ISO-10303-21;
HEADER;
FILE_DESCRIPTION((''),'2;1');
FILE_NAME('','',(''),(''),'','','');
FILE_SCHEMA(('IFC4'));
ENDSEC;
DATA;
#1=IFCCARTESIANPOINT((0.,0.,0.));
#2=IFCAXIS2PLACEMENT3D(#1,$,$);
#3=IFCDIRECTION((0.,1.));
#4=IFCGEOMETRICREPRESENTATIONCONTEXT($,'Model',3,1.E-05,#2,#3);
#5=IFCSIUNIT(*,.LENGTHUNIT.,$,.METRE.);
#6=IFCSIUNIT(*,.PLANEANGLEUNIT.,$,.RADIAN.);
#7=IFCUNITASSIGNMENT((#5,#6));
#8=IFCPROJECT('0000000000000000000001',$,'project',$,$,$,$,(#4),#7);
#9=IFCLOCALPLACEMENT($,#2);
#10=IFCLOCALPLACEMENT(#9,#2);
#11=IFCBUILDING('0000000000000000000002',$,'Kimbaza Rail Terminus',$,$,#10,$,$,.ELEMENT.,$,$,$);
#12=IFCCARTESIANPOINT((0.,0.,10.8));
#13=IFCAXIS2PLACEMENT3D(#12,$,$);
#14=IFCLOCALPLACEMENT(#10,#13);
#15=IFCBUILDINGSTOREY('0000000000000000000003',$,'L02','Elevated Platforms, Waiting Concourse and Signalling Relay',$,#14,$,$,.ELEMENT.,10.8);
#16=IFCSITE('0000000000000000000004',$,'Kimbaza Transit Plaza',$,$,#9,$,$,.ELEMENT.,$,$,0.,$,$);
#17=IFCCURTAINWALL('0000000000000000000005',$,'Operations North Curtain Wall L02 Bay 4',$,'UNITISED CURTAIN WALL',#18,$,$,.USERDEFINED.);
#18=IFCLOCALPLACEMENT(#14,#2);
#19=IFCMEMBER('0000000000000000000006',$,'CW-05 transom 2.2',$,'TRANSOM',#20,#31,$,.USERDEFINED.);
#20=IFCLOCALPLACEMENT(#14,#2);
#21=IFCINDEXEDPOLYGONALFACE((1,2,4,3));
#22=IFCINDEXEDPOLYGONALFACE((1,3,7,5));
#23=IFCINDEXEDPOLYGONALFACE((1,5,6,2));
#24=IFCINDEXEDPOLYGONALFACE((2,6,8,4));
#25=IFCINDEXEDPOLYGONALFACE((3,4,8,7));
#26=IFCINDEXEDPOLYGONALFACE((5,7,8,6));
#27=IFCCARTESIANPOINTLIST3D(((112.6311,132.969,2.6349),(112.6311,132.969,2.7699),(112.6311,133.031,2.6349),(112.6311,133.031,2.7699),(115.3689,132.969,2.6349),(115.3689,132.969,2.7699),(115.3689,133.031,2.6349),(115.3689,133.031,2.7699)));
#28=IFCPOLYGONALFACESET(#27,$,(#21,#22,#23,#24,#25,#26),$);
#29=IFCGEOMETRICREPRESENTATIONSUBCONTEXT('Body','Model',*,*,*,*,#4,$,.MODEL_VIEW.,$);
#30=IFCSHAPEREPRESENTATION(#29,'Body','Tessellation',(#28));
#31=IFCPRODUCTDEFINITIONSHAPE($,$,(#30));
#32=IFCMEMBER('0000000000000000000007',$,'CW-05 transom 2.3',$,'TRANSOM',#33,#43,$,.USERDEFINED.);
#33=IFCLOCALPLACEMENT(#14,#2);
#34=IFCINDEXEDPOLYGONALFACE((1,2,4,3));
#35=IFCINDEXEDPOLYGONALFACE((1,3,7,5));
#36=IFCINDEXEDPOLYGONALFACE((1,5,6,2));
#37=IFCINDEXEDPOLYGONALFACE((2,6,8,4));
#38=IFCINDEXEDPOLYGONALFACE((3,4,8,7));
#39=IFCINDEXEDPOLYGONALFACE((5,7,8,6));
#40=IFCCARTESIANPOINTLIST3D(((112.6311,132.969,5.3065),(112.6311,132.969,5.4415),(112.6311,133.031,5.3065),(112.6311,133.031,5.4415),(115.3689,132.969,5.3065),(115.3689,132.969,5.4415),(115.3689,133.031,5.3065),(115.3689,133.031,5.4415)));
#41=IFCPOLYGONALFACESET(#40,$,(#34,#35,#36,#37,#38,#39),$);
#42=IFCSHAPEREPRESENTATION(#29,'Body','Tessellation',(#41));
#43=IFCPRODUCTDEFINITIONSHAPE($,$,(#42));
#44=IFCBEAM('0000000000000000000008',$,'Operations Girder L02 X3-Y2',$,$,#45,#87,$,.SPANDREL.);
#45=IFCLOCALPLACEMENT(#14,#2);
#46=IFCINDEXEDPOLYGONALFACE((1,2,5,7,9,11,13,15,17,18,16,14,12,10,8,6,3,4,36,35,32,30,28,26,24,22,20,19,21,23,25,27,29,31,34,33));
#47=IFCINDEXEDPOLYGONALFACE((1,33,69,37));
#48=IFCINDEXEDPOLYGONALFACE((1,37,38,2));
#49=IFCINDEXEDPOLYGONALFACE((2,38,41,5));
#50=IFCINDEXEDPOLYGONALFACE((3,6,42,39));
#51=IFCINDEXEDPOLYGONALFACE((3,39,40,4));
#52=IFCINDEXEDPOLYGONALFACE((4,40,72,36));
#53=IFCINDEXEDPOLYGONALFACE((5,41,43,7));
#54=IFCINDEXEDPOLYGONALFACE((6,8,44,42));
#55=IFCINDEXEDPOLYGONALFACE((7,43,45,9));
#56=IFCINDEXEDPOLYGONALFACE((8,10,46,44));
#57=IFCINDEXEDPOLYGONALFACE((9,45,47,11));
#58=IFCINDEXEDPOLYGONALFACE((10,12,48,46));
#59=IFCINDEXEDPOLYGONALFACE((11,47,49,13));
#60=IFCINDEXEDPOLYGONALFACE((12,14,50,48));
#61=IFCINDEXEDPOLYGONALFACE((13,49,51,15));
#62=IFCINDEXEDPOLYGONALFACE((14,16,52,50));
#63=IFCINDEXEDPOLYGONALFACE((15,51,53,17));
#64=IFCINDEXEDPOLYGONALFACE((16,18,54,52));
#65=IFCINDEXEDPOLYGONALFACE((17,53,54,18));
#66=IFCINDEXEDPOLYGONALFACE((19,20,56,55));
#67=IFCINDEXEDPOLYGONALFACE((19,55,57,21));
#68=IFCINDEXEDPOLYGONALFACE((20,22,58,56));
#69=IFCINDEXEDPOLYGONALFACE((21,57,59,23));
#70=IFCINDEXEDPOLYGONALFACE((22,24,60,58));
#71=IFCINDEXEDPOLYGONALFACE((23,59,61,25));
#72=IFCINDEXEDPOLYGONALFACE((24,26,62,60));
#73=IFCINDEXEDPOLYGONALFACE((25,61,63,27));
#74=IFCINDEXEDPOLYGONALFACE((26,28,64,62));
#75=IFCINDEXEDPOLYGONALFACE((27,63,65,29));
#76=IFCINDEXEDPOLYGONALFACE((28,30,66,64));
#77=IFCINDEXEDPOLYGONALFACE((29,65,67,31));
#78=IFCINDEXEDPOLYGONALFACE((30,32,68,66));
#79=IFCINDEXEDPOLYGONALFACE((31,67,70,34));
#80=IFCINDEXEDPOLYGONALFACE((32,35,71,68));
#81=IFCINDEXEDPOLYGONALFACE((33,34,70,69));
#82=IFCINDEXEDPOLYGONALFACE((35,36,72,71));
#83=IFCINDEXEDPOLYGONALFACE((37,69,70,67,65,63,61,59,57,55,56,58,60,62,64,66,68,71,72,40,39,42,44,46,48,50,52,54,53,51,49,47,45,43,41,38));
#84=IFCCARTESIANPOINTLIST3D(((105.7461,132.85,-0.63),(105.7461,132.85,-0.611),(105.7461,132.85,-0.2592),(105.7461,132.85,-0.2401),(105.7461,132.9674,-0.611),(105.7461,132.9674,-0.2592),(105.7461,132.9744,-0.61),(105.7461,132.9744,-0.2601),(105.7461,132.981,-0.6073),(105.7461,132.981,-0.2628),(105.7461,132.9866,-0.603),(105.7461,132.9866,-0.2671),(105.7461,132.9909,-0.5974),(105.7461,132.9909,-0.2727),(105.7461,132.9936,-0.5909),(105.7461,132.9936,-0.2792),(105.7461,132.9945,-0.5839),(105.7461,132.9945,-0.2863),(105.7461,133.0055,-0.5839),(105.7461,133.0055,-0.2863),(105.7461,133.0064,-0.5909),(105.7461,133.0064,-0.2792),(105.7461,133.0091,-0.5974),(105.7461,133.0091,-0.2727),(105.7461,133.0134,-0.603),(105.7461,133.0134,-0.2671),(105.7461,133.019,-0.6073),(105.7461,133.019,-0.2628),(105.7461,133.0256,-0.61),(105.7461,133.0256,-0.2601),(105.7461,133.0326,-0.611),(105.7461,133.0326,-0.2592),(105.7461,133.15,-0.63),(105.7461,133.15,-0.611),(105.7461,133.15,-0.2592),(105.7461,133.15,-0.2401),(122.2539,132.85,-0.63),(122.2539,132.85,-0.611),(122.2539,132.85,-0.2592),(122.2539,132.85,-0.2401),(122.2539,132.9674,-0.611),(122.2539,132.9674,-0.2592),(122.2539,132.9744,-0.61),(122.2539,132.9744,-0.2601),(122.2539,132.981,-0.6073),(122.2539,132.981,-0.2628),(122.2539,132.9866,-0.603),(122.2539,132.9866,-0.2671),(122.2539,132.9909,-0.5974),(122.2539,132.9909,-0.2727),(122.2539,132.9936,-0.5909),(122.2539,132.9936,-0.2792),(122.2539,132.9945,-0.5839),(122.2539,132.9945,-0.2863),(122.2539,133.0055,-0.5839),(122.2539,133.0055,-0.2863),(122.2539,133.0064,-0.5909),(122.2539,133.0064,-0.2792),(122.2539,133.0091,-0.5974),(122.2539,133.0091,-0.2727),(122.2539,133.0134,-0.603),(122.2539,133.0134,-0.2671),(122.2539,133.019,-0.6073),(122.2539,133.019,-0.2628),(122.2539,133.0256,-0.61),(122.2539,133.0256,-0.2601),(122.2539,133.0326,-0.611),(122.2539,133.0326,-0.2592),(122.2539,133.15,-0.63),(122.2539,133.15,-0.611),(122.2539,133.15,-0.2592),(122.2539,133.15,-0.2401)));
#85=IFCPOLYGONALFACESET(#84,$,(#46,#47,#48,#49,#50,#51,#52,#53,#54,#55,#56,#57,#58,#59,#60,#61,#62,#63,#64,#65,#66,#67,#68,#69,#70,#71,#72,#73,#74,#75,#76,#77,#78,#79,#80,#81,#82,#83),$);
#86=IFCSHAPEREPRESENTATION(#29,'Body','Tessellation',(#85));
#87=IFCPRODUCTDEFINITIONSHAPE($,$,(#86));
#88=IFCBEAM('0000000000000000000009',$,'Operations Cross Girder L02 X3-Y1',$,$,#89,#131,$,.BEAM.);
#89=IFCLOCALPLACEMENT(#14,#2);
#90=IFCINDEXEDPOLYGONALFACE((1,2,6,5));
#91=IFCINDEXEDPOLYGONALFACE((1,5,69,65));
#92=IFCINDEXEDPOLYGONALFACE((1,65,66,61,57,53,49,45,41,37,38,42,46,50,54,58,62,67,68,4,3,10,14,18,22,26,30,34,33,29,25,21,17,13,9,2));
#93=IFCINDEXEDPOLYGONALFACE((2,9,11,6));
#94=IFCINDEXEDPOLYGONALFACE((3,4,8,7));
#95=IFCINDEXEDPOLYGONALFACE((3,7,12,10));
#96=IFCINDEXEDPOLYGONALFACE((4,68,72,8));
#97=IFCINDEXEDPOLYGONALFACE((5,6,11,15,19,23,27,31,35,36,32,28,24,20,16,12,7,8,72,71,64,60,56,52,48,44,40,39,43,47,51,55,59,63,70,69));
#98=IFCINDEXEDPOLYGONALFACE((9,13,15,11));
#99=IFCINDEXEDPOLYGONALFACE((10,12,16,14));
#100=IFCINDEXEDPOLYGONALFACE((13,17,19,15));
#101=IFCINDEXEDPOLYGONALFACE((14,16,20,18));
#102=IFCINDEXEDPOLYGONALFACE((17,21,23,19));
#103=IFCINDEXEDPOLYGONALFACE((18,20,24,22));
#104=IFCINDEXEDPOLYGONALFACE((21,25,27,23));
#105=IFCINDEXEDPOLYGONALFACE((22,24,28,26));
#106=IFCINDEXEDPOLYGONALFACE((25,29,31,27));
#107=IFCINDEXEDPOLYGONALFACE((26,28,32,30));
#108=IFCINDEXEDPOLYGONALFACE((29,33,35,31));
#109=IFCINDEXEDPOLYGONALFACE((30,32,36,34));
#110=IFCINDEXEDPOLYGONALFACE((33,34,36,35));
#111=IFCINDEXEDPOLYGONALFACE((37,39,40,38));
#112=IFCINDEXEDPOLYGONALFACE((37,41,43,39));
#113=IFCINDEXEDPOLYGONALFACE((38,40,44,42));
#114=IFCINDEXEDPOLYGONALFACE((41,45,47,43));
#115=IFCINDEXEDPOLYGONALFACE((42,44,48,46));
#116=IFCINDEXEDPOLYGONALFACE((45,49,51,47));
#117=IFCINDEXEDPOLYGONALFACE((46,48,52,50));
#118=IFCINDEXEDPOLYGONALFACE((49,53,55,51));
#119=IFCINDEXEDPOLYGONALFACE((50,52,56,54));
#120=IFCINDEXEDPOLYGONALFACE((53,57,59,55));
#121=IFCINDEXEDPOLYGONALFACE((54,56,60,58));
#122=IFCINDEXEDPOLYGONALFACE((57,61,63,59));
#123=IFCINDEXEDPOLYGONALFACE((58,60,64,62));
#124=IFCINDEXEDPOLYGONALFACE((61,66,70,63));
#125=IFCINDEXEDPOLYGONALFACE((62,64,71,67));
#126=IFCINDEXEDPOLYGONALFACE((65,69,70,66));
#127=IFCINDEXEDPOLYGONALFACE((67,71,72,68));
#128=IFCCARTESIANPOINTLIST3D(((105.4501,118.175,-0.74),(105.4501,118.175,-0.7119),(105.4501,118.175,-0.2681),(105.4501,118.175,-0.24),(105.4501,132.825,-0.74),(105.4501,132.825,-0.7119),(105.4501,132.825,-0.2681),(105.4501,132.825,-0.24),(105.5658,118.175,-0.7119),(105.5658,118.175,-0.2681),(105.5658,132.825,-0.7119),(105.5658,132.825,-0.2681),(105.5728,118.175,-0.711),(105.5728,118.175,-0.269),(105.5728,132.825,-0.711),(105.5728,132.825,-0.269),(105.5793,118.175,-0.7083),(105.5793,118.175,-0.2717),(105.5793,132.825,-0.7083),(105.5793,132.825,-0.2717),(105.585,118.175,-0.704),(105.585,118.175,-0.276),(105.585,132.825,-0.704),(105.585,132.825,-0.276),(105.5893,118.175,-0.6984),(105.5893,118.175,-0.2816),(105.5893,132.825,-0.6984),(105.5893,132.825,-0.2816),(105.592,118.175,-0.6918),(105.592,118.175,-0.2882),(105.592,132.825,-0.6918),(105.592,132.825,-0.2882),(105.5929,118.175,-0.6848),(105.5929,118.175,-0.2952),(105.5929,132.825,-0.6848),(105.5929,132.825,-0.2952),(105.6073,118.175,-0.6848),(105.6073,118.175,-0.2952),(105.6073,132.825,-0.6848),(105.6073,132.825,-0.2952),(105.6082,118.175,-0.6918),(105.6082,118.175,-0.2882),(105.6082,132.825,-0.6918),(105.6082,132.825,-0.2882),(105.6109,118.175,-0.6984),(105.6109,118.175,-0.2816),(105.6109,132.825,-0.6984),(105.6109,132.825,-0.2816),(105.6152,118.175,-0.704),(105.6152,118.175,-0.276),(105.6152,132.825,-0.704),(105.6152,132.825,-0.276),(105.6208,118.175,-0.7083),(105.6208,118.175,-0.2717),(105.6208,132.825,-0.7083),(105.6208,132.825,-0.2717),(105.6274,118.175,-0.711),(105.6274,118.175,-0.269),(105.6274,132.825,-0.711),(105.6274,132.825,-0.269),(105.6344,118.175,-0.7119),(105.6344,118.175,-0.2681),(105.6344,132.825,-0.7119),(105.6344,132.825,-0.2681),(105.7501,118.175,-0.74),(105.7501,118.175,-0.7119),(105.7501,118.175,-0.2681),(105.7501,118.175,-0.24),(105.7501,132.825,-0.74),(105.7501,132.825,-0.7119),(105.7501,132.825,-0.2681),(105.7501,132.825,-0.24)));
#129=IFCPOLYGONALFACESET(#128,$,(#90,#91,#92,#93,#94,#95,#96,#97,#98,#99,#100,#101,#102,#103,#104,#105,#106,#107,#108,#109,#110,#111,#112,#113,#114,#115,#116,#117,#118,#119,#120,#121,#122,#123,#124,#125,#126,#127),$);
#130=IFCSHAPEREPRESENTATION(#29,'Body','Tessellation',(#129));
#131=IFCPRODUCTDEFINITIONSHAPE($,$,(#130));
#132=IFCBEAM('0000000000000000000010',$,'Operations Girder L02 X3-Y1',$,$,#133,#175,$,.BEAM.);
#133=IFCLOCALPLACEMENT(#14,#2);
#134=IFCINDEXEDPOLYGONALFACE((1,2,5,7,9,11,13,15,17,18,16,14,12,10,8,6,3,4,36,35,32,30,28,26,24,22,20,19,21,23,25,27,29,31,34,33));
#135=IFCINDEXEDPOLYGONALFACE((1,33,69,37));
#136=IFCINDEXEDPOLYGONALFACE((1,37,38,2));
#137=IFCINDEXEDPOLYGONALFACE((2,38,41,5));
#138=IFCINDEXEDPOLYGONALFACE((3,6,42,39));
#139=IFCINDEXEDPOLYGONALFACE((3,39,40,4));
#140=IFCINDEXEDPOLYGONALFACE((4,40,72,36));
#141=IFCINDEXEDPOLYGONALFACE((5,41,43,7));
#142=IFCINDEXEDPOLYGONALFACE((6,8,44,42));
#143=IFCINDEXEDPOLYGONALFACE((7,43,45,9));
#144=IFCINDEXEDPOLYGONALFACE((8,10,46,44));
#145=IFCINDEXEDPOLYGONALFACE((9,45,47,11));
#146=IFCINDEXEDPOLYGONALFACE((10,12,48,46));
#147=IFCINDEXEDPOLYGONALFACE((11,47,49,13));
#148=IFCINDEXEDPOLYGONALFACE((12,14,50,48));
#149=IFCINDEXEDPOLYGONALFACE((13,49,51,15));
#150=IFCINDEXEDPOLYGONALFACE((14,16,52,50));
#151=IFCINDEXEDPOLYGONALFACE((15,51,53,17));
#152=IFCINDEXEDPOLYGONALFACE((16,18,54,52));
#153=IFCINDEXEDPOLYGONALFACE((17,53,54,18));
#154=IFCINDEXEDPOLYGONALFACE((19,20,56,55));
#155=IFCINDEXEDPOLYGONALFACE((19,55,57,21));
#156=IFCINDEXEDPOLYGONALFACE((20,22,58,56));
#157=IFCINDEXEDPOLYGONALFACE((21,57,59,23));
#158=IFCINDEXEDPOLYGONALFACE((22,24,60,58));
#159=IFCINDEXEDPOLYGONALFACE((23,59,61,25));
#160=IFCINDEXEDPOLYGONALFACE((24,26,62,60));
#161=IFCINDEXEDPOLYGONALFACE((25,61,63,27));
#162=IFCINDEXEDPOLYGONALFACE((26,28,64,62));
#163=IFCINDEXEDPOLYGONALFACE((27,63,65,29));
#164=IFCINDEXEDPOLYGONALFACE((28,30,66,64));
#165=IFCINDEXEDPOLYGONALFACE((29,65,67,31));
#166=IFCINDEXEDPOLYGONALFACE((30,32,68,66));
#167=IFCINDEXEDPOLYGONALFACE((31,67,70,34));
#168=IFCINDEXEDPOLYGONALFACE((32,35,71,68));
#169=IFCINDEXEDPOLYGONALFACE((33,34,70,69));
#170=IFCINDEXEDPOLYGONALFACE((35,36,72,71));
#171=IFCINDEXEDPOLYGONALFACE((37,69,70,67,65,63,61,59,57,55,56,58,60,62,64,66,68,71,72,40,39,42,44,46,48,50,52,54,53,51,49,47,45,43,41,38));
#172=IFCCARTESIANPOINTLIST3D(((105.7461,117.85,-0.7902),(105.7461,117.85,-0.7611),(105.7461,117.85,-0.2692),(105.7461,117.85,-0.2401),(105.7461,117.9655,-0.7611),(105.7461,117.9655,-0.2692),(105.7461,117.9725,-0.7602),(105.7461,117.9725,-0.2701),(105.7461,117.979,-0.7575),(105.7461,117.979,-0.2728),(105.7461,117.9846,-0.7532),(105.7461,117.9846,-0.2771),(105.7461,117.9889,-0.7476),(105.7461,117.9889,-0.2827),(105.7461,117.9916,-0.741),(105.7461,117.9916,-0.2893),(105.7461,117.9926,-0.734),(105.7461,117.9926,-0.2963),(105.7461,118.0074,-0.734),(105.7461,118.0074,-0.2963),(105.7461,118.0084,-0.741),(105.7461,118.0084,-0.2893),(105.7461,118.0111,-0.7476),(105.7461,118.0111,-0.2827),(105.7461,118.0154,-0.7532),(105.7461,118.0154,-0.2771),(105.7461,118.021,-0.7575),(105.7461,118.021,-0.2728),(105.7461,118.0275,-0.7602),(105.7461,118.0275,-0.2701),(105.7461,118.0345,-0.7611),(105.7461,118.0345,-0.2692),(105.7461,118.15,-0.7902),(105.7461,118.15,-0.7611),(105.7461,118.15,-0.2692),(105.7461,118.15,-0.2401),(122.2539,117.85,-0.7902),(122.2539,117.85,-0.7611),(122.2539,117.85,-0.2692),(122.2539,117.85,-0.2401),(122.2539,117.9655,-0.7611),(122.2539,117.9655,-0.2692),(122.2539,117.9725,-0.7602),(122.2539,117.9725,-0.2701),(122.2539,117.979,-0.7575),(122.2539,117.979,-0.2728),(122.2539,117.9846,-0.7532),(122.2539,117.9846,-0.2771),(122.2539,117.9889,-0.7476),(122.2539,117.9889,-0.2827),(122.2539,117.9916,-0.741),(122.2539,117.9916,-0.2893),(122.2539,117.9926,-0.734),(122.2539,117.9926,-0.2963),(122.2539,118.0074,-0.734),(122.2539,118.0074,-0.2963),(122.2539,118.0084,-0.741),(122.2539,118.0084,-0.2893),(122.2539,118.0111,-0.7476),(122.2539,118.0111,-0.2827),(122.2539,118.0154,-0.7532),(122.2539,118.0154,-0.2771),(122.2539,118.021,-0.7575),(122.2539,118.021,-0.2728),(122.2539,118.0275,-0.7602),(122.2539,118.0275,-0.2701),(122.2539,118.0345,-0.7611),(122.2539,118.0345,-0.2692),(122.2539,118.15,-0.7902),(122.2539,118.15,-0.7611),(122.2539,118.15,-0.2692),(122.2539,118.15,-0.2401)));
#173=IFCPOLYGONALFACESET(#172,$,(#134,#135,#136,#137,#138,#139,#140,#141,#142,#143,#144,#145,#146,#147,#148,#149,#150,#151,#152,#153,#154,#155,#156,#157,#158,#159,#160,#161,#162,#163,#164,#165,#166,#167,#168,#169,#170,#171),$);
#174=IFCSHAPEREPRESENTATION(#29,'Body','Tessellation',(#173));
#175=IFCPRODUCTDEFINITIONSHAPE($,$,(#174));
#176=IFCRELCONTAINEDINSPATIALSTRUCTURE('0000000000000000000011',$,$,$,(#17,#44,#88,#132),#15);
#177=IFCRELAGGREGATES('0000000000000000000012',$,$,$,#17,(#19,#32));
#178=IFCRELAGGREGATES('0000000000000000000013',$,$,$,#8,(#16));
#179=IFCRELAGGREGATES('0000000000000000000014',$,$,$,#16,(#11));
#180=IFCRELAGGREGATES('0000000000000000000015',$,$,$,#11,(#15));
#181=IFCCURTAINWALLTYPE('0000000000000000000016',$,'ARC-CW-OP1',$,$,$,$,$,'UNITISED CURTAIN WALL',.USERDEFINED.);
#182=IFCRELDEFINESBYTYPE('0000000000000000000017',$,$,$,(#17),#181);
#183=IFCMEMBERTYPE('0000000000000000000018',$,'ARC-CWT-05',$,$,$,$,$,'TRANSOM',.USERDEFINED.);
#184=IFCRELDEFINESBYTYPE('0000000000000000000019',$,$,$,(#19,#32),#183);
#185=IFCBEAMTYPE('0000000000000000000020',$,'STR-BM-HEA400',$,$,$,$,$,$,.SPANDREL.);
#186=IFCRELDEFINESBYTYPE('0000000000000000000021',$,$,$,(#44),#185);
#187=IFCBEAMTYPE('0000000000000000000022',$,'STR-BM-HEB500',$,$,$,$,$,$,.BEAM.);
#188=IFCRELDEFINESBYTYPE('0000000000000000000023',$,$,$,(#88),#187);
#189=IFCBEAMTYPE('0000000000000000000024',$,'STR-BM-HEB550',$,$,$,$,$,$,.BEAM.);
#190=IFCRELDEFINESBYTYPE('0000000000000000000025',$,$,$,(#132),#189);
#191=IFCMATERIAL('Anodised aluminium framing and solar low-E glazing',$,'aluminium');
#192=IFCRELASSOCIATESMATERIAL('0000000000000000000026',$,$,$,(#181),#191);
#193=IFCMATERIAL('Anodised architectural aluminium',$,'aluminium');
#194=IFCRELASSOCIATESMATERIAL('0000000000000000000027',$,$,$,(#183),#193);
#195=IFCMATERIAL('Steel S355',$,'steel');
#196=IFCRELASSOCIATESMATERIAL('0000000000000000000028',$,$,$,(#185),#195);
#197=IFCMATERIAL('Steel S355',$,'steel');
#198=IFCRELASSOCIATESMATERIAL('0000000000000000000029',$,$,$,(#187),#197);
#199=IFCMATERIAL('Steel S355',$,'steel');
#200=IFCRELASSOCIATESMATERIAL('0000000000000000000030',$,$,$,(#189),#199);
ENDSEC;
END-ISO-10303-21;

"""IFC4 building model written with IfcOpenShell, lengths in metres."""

from ifc_helpers import new_model, si_unit, direction, frame, origin, origin_2d, place, context, subcontext, project, spatial, rectangle, i_section, extrude, material, material_profile, profile_set, type_object, element, aggregate, save


model = new_model("IFC4")

# Units and contexts
model_context = context("Model", 3, precision=1e-05, world=origin(), true_north=direction((0.0, 1.0)))
body_context = subcontext(model_context, "Body", "Model", "MODEL_VIEW")
ifc_project = project(units=[si_unit("LENGTHUNIT", "METRE"), si_unit("PLANEANGLEUNIT", "RADIAN")], contexts=[model_context])

# Site, building, storey
site_placement = place(None, origin())
site = spatial("IfcSite", under=ifc_project, at=site_placement, Name="Kimbaza Transit Plaza", CompositionType="ELEMENT", RefElevation=0.0)
building_placement = place(site_placement, origin())
building = spatial("IfcBuilding", under=site, at=building_placement, Name="Kimbaza Rail Terminus", CompositionType="ELEMENT")
storey_placement = place(building_placement, frame((0.0, 0.0, 10.8)))
storey = spatial("IfcBuildingStorey", under=building, at=storey_placement, Name="L02", Description="Elevated Platforms, Waiting Concourse and Signalling Relay", CompositionType="ELEMENT", Elevation=10.8)

# Shared definitions
ifc_material_1 = material(Name="Anodised aluminium framing and solar low-E glazing", Category="aluminium")
curtain_wall_type = type_object("IfcCurtainWallType", Name="ARC-CW-OP1", ElementType="UNITISED CURTAIN WALL", PredefinedType="USERDEFINED", material=ifc_material_1)

# Curtain wall, members
curtain_wall_1_placement = place(storey_placement, origin())
curtain_wall_1 = element("IfcCurtainWall", 1, at=curtain_wall_1_placement, inside=storey, type_object=curtain_wall_type, Name="Operations North Curtain Wall L02 Bay 4", ObjectType="UNITISED CURTAIN WALL", PredefinedType="USERDEFINED")
ifc_material_2 = material(Name="Anodised architectural aluminium", Category="aluminium")
ifc_material_profile_1 = material_profile(ifc_material_2, rectangle(XDim=0.062, YDim=0.135, at=origin_2d()), Name="TRANSOM 62x135")
ifc_profile_set_1 = profile_set([ifc_material_profile_1], Name="Anodised architectural aluminium")
member_type_1 = type_object("IfcMemberType", Name="ARC-CWT-05", ElementType="TRANSOM", PredefinedType="USERDEFINED", material=ifc_profile_set_1)
member_1_placement = place(storey_placement, frame((112.6311, 133.0, 2.7024), z_axis=(1.0, 0.0, 0.0), x_axis=(0.0, 1.0, 0.0)))
member_1 = element("IfcMember", 2, at=member_1_placement, type_object=member_type_1, Name="CW-05 transom 2.2", ObjectType="TRANSOM", PredefinedType="USERDEFINED", context=body_context, shape_type="SweptSolid", body=[
    extrude(rectangle(XDim=0.062, YDim=0.135, at=origin_2d()), origin(), (0.0, 0.0, 1.0), 2.7378),
])
member_2_placement = place(storey_placement, frame((112.6311, 133.0, 5.374), z_axis=(1.0, 0.0, 0.0), x_axis=(0.0, 1.0, 0.0)))
member_2 = element("IfcMember", 3, at=member_2_placement, type_object=member_type_1, Name="CW-05 transom 2.3", ObjectType="TRANSOM", PredefinedType="USERDEFINED", context=body_context, shape_type="SweptSolid", body=[
    extrude(rectangle(XDim=0.062, YDim=0.135, at=origin_2d()), origin(), (0.0, 0.0, 1.0), 2.7378),
])

# Beams
ifc_material_3 = material(Name="Steel S355", Category="steel")
ifc_material_profile_2 = material_profile(ifc_material_3, i_section(OverallWidth=0.3, OverallDepth=0.3899, WebThickness=0.011, FlangeThickness=0.019, FilletRadius=0.0271, at=origin_2d()), Name="HEA 400")
ifc_profile_set_2 = profile_set([ifc_material_profile_2], Name="Steel S355")
beam_type_1 = type_object("IfcBeamType", Name="STR-BM-HEA400", PredefinedType="SPANDREL", material=ifc_profile_set_2)
beam_1_placement = place(storey_placement, frame((105.7461, 133.0, -0.4351), z_axis=(1.0, 0.0, 0.0), x_axis=(0.0, 1.0, 0.0)))
element("IfcBeam", 4, at=beam_1_placement, inside=storey, type_object=beam_type_1, Name="Operations Girder L02 X3-Y2", PredefinedType="SPANDREL", context=body_context, shape_type="SweptSolid", body=[
    extrude(i_section(OverallWidth=0.3, OverallDepth=0.3899, WebThickness=0.011, FlangeThickness=0.019, FilletRadius=0.0271, at=origin_2d()), origin(), (0.0, 0.0, 1.0), 16.5078),
])
ifc_material_4 = material(Name="Steel S355", Category="steel")
ifc_material_profile_3 = material_profile(ifc_material_4, i_section(OverallWidth=0.3, OverallDepth=0.5, WebThickness=0.0144, FlangeThickness=0.0281, FilletRadius=0.0271, at=origin_2d()), Name="HEB 500")
ifc_profile_set_3 = profile_set([ifc_material_profile_3], Name="Steel S355")
beam_type_2 = type_object("IfcBeamType", Name="STR-BM-HEB500", PredefinedType="BEAM", material=ifc_profile_set_3)
beam_2_placement = place(storey_placement, frame((105.6001, 118.175, -0.49), z_axis=(0.0, 1.0, 0.0), x_axis=(-1.0, 0.0, 0.0)))
element("IfcBeam", 5, at=beam_2_placement, inside=storey, type_object=beam_type_2, Name="Operations Cross Girder L02 X3-Y1", PredefinedType="BEAM", context=body_context, shape_type="SweptSolid", body=[
    extrude(i_section(OverallWidth=0.3, OverallDepth=0.5, WebThickness=0.0144, FlangeThickness=0.0281, FilletRadius=0.0271, at=origin_2d()), origin(), (0.0, 0.0, 1.0), 14.6499),
])
ifc_material_5 = material(Name="Steel S355", Category="steel")
ifc_material_profile_4 = material_profile(ifc_material_5, i_section(OverallWidth=0.3, OverallDepth=0.55, WebThickness=0.0149, FlangeThickness=0.0291, FilletRadius=0.0271, at=origin_2d()), Name="HEB 550")
ifc_profile_set_4 = profile_set([ifc_material_profile_4], Name="Steel S355")
beam_type_3 = type_object("IfcBeamType", Name="STR-BM-HEB550", PredefinedType="BEAM", material=ifc_profile_set_4)
beam_3_placement = place(storey_placement, frame((105.7461, 118.0, -0.5151), z_axis=(1.0, 0.0, 0.0), x_axis=(0.0, 1.0, 0.0)))
element("IfcBeam", 6, at=beam_3_placement, inside=storey, type_object=beam_type_3, Name="Operations Girder L02 X3-Y1", PredefinedType="BEAM", context=body_context, shape_type="SweptSolid", body=[
    extrude(i_section(OverallWidth=0.3, OverallDepth=0.55, WebThickness=0.0149, FlangeThickness=0.0291, FilletRadius=0.0271, at=origin_2d()), origin(), (0.0, 0.0, 1.0), 16.5078),
])

aggregate(curtain_wall_1, [member_1, member_2])

save(model, "model.ifc")
